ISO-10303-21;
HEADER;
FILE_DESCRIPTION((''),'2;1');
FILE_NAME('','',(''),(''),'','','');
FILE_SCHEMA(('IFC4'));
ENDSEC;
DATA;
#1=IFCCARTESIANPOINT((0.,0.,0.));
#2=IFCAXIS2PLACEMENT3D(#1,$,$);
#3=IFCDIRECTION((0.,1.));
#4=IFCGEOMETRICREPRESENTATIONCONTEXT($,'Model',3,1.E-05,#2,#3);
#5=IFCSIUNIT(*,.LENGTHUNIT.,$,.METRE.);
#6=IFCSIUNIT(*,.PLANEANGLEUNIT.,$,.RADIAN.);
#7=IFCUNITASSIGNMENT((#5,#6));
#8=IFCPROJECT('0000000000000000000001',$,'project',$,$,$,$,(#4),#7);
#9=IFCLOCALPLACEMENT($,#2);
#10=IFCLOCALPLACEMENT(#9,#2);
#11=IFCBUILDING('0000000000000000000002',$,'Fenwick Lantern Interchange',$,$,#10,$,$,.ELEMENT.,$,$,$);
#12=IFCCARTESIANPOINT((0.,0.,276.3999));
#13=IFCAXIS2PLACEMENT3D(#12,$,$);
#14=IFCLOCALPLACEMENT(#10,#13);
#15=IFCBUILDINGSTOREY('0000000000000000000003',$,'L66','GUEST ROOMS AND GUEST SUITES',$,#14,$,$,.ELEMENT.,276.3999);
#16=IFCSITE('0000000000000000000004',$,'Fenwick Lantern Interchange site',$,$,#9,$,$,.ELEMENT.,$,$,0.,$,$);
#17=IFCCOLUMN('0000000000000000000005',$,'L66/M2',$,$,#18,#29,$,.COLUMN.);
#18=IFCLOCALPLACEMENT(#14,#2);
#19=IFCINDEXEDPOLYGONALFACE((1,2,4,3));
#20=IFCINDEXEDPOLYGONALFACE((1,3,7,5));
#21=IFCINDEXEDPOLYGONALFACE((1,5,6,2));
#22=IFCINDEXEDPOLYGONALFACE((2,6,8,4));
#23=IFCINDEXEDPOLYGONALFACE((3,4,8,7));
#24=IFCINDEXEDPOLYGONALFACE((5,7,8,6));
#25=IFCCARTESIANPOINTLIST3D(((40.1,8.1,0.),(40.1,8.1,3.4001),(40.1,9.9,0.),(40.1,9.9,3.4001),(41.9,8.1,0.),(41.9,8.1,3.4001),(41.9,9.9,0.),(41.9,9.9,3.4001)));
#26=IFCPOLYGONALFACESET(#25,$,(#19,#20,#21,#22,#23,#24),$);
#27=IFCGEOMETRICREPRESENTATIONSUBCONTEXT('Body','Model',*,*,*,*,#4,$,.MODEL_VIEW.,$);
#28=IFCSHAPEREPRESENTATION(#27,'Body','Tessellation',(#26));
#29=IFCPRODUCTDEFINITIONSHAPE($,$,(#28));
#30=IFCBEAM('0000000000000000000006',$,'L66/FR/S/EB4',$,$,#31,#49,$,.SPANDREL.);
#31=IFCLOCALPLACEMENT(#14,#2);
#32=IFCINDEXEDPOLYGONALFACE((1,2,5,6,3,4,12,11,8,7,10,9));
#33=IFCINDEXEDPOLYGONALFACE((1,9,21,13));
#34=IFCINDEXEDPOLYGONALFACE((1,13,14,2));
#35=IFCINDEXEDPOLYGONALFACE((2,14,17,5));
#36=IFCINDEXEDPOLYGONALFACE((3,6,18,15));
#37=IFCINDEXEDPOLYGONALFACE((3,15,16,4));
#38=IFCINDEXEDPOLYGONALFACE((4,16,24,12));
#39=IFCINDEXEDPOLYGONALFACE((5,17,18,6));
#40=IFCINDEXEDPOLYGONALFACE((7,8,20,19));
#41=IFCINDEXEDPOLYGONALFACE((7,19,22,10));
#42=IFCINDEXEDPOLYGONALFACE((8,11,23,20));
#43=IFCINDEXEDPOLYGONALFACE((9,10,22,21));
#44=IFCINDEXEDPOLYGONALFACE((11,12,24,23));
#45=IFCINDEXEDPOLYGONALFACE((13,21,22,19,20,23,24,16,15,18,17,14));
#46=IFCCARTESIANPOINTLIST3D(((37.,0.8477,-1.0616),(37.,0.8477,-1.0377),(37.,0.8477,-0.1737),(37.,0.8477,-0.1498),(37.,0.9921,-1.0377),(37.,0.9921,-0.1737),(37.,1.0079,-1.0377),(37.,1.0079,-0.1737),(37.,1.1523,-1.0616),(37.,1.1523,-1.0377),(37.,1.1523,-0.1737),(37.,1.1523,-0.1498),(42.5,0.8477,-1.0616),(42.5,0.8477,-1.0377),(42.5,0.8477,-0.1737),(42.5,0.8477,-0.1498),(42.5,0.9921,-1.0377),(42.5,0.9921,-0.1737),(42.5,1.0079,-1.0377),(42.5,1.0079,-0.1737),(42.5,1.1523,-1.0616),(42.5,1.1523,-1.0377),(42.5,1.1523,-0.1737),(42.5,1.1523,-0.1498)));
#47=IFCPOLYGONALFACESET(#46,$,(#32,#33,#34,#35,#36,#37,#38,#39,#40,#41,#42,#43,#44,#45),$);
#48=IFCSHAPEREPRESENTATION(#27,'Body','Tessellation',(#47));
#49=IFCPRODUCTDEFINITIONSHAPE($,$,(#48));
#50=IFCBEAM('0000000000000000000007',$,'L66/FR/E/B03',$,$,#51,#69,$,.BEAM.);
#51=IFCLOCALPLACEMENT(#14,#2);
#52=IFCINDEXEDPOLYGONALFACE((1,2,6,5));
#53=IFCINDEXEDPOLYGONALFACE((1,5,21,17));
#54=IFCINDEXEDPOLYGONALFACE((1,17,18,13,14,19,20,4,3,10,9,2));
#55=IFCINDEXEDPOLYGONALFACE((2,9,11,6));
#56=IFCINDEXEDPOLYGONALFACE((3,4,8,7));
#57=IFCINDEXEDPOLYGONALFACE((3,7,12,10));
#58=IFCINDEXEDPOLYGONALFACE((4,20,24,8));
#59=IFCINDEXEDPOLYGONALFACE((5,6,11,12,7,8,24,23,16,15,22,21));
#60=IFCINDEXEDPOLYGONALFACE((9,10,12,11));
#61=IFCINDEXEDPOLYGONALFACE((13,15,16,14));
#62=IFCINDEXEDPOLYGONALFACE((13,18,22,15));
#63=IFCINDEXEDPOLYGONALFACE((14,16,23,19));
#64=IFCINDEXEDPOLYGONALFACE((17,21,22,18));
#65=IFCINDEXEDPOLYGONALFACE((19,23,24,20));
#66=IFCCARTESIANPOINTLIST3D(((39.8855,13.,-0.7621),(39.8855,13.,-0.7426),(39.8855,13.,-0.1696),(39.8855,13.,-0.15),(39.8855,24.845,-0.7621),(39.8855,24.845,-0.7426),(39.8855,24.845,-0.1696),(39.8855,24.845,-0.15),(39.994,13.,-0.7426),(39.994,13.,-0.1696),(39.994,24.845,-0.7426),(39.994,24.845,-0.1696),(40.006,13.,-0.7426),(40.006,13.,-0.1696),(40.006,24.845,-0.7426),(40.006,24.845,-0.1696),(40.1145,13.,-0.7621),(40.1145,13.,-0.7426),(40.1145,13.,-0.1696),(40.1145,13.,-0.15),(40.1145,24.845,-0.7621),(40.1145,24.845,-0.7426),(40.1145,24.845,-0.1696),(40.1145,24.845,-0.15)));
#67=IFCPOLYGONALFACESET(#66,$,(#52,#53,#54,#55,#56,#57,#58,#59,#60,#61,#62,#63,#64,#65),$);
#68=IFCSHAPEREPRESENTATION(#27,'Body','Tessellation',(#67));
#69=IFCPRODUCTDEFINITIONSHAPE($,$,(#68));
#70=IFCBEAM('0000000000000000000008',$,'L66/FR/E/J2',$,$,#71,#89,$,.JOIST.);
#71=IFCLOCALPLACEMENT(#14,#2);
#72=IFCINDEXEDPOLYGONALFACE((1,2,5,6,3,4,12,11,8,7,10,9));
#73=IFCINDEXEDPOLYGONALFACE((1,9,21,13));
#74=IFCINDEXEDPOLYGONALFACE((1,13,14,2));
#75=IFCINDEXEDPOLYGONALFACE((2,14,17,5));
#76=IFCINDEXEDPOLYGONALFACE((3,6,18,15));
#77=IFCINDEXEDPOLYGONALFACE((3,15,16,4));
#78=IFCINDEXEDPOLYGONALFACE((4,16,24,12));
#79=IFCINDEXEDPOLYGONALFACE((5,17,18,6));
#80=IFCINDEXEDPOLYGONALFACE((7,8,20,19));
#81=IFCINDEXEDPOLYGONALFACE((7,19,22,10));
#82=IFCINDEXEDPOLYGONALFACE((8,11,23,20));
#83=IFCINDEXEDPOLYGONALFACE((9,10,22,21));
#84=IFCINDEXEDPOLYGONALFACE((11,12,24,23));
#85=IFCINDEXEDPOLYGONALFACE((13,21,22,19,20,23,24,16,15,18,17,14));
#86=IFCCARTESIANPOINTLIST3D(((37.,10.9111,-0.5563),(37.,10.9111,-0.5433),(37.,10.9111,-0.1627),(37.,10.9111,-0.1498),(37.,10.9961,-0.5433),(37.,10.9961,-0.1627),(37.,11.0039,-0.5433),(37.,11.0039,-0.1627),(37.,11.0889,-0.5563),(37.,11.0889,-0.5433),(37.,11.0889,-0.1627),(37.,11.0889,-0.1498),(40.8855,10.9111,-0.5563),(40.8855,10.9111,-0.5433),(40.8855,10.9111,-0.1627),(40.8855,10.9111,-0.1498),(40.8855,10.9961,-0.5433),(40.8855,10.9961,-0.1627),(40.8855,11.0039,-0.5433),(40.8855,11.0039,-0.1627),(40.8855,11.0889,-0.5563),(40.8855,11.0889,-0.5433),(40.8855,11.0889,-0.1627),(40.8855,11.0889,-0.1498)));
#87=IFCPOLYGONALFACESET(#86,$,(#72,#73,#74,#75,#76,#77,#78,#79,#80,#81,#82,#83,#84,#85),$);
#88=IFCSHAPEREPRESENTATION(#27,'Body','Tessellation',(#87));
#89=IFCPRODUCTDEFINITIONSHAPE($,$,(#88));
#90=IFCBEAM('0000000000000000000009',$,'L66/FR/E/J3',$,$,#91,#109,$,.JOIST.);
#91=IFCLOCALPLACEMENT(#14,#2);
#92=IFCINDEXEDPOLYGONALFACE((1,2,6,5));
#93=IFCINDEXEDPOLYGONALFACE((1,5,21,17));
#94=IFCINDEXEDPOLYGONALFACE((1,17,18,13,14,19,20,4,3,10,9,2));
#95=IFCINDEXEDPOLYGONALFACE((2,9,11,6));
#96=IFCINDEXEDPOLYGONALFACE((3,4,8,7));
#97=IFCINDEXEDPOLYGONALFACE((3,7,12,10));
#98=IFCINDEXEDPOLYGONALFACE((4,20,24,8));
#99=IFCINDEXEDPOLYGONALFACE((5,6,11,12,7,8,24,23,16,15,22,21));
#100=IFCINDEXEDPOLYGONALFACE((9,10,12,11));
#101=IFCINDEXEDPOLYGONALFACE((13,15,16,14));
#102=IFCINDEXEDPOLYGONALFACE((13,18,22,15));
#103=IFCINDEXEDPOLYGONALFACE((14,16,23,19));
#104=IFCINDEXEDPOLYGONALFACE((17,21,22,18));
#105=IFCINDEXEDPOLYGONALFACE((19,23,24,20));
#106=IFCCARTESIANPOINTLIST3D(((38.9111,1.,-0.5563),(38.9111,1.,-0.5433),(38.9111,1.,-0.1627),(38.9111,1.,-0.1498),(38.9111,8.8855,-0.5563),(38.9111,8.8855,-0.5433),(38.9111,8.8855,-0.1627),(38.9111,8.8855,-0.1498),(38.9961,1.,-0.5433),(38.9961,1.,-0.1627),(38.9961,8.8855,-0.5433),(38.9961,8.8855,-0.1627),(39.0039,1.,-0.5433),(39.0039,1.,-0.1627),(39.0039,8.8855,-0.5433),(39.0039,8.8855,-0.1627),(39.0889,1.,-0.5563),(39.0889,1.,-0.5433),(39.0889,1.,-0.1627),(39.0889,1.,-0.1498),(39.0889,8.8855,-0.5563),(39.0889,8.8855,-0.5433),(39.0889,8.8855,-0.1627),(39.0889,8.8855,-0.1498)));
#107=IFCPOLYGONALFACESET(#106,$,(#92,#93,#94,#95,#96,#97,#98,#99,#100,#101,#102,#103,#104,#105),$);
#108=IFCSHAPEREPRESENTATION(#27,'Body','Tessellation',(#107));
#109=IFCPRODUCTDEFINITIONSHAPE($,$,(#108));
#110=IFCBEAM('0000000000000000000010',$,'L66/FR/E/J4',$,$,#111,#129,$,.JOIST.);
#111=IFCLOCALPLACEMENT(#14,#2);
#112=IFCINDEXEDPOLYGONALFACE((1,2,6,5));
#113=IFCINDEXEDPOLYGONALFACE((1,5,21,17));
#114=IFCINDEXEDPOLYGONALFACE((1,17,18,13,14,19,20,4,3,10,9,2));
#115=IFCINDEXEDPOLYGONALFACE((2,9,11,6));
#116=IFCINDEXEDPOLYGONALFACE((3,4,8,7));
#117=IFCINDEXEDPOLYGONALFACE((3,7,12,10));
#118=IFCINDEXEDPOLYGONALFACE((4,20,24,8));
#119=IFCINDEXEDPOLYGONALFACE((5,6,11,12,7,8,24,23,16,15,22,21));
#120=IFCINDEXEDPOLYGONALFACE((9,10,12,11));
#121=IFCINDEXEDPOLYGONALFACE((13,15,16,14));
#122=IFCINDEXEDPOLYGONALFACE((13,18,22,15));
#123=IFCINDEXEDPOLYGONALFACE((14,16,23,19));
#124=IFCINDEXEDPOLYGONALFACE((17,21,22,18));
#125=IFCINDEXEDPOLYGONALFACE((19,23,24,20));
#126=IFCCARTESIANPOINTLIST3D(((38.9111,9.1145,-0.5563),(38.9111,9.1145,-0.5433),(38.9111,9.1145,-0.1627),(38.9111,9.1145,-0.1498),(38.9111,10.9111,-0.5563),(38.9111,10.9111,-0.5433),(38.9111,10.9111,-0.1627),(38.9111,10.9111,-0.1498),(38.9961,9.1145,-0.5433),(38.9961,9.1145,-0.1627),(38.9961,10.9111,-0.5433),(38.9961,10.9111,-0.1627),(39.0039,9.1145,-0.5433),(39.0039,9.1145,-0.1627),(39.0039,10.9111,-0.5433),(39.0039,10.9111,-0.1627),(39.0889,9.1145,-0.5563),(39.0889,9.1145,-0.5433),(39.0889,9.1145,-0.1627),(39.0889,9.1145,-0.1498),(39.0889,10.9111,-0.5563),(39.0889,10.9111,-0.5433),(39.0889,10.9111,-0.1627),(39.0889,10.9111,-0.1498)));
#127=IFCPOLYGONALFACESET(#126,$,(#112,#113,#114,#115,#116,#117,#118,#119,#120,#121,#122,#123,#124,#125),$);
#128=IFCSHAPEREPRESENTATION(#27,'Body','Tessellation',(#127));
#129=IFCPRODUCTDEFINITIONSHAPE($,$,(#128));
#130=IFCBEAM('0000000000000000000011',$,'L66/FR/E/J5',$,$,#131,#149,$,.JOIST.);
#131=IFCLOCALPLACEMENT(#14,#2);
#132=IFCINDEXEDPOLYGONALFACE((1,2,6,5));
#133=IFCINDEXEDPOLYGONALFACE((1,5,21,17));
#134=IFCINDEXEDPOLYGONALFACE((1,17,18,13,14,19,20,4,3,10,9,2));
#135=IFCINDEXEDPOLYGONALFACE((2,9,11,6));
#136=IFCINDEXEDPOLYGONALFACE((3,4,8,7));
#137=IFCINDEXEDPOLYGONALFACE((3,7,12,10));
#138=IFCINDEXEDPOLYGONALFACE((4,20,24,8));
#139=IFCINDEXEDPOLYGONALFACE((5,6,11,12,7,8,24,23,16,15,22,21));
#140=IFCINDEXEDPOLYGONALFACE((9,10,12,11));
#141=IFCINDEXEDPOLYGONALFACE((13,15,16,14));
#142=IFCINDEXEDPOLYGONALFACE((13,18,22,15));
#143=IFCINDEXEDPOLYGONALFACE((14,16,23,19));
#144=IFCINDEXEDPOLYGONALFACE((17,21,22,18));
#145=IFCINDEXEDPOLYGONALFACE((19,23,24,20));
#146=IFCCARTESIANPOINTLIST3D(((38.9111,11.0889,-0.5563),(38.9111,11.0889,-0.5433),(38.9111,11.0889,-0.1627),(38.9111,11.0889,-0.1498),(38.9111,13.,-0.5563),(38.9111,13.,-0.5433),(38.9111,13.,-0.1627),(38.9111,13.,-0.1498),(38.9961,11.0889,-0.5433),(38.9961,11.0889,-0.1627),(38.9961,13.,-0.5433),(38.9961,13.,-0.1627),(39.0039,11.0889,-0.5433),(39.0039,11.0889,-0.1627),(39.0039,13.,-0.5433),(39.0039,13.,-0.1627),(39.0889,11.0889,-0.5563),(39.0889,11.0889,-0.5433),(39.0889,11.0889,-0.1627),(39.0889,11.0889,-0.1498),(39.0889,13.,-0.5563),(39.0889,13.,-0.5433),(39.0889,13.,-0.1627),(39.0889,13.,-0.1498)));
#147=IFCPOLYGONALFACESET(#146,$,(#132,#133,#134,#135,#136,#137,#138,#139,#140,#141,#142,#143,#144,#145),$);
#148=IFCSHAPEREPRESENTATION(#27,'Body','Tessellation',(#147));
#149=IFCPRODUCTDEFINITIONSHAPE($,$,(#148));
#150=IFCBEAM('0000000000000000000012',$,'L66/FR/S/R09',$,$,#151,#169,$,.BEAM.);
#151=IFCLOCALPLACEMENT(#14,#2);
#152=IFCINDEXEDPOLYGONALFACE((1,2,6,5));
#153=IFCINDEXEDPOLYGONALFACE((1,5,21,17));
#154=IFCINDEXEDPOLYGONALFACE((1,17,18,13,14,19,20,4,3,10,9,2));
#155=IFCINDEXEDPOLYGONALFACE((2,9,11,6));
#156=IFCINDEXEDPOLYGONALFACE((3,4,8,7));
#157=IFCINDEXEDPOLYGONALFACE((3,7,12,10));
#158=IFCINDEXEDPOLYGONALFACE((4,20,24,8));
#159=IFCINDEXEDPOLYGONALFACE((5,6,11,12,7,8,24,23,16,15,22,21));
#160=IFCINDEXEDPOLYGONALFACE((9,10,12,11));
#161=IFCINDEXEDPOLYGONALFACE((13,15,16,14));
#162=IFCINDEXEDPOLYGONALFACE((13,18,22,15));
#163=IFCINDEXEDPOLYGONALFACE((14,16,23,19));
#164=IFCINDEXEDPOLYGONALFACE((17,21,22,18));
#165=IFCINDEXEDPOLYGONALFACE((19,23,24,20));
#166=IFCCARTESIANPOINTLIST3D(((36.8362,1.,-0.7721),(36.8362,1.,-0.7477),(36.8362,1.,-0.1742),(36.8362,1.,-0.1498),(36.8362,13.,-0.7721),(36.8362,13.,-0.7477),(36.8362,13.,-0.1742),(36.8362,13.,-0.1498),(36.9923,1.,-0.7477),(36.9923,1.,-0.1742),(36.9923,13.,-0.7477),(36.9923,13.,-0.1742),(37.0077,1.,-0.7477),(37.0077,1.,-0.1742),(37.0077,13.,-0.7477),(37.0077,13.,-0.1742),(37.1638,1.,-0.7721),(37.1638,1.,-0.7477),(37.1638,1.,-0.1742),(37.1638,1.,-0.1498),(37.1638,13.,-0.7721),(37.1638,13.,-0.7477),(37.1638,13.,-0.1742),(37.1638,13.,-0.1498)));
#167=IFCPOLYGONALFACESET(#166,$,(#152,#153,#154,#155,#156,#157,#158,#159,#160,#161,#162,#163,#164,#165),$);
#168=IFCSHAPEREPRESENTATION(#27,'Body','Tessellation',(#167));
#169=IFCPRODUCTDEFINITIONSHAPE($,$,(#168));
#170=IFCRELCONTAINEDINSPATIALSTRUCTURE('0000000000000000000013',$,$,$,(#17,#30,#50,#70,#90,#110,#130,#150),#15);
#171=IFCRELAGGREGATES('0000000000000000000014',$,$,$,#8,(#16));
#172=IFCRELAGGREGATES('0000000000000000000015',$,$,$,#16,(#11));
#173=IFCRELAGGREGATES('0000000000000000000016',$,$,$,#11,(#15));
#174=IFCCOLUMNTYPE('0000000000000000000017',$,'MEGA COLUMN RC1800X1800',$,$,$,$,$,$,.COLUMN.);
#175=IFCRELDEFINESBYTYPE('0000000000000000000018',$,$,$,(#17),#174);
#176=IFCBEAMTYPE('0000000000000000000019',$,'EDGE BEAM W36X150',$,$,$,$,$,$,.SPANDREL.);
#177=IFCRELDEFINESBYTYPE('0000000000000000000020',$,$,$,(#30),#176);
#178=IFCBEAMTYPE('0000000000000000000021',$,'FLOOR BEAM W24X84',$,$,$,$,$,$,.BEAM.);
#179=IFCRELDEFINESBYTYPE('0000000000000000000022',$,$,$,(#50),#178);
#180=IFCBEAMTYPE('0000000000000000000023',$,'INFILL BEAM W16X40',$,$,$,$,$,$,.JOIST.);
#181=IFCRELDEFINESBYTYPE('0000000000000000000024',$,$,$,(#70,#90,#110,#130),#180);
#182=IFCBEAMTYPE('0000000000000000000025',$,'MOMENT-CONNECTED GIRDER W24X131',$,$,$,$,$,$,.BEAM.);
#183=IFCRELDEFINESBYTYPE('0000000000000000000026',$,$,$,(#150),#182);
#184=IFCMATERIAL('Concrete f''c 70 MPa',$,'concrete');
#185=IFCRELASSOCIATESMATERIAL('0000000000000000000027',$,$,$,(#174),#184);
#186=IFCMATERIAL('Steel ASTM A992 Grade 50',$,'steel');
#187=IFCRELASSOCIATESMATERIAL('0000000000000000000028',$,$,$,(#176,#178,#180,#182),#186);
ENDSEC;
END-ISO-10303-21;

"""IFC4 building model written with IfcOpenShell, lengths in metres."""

from ifc_helpers import new_model, si_unit, direction, frame, origin, origin_2d, place, context, subcontext, project, spatial, rectangle, i_section, extrude, material, material_profile, profile_set, type_object, element, save


model = new_model("IFC4")

# Units and contexts
model_context = context("Model", 3, precision=1e-05, world=origin(), true_north=direction((0.0, 1.0)))
body_context = subcontext(model_context, "Body", "Model", "MODEL_VIEW")
ifc_project = project(units=[si_unit("LENGTHUNIT", "METRE"), si_unit("PLANEANGLEUNIT", "RADIAN")], contexts=[model_context])

# Site, building, storey
site_placement = place(None, origin())
site = spatial("IfcSite", under=ifc_project, at=site_placement, Name="Fenwick Lantern Interchange site", CompositionType="ELEMENT", RefElevation=0.0)
building_placement = place(site_placement, origin())
building = spatial("IfcBuilding", under=site, at=building_placement, Name="Fenwick Lantern Interchange", CompositionType="ELEMENT")
storey_placement = place(building_placement, frame((0.0, 0.0, 276.3999)))
storey = spatial("IfcBuildingStorey", under=building, at=storey_placement, Name="L66", Description="GUEST ROOMS AND GUEST SUITES", CompositionType="ELEMENT", Elevation=276.3999)

# Column
ifc_material_1 = material(Name="Concrete f'c 70 MPa", Category="concrete")
ifc_material_profile_1 = material_profile(ifc_material_1, rectangle(XDim=1.8, YDim=1.8, at=origin_2d()), Name="RC1800X1800")
ifc_profile_set_1 = profile_set([ifc_material_profile_1], Name="Concrete f'c 70 MPa")
column_type = type_object("IfcColumnType", Name="MEGA COLUMN RC1800X1800", PredefinedType="COLUMN", material=ifc_profile_set_1)
column_placement = place(storey_placement, frame((41.0, 9.0, 0.0), z_axis=(0.0, 0.0, 1.0), x_axis=(1.0, 0.0, 0.0)))
element("IfcColumn", 1, at=column_placement, inside=storey, type_object=column_type, Name="L66/M2", PredefinedType="COLUMN", context=body_context, shape_type="SweptSolid", body=[
    extrude(rectangle(XDim=1.8, YDim=1.8, at=origin_2d()), origin(), (0.0, 0.0, 1.0), 3.4001),
])

# Beams
ifc_material_2 = material(Name="Steel ASTM A992 Grade 50", Category="steel")
ifc_material_profile_2 = material_profile(ifc_material_2, i_section(OverallWidth=0.3047, OverallDepth=0.9119, WebThickness=0.0159, FlangeThickness=0.0239, at=origin_2d()), Name="W36X150")
ifc_profile_set_2 = profile_set([ifc_material_profile_2], Name="Steel ASTM A992 Grade 50")
beam_type_1 = type_object("IfcBeamType", Name="EDGE BEAM W36X150", PredefinedType="SPANDREL", material=ifc_profile_set_2)
beam_1_placement = place(storey_placement, frame((37.0, 1.0, -0.6057), z_axis=(1.0, 0.0, 0.0), x_axis=(0.0, 1.0, 0.0)))
element("IfcBeam", 2, at=beam_1_placement, inside=storey, type_object=beam_type_1, Name="L66/FR/S/EB4", PredefinedType="SPANDREL", context=body_context, shape_type="SweptSolid", body=[
    extrude(i_section(OverallWidth=0.3047, OverallDepth=0.9119, WebThickness=0.0159, FlangeThickness=0.0239, at=origin_2d()), origin(), (0.0, 0.0, 1.0), 5.5),
])
ifc_material_profile_3 = material_profile(ifc_material_2, i_section(OverallWidth=0.229, OverallDepth=0.6121, WebThickness=0.012, FlangeThickness=0.0195, at=origin_2d()), Name="W24X84")
ifc_profile_set_3 = profile_set([ifc_material_profile_3], Name="Steel ASTM A992 Grade 50")
beam_type_2 = type_object("IfcBeamType", Name="FLOOR BEAM W24X84", PredefinedType="BEAM", material=ifc_profile_set_3)
beam_2_placement = place(storey_placement, frame((40.0, 13.0, -0.4561), z_axis=(0.0, 1.0, 0.0), x_axis=(-1.0, 0.0, 0.0)))
element("IfcBeam", 3, at=beam_2_placement, inside=storey, type_object=beam_type_2, Name="L66/FR/E/B03", PredefinedType="BEAM", context=body_context, shape_type="SweptSolid", body=[
    extrude(i_section(OverallWidth=0.229, OverallDepth=0.6121, WebThickness=0.012, FlangeThickness=0.0195, at=origin_2d()), origin(), (0.0, 0.0, 1.0), 11.845),
])
ifc_material_profile_4 = material_profile(ifc_material_2, i_section(OverallWidth=0.1777, OverallDepth=0.4065, WebThickness=0.0078, FlangeThickness=0.0129, at=origin_2d()), Name="W16X40")
ifc_profile_set_4 = profile_set([ifc_material_profile_4], Name="Steel ASTM A992 Grade 50")
beam_type_3 = type_object("IfcBeamType", Name="INFILL BEAM W16X40", PredefinedType="JOIST", material=ifc_profile_set_4)
beam_3_placement = place(storey_placement, frame((40.8855, 11.0, -0.353), z_axis=(-1.0, 0.0, 0.0), x_axis=(0.0, -1.0, 0.0)))
element("IfcBeam", 4, at=beam_3_placement, inside=storey, type_object=beam_type_3, Name="L66/FR/E/J2", PredefinedType="JOIST", context=body_context, shape_type="SweptSolid", body=[
    extrude(i_section(OverallWidth=0.1777, OverallDepth=0.4065, WebThickness=0.0078, FlangeThickness=0.0129, at=origin_2d()), origin(), (0.0, 0.0, 1.0), 3.8855),
])
beam_4_placement = place(storey_placement, frame((39.0, 1.0, -0.353), z_axis=(0.0, 1.0, 0.0), x_axis=(-1.0, 0.0, 0.0)))
element("IfcBeam", 5, at=beam_4_placement, inside=storey, type_object=beam_type_3, Name="L66/FR/E/J3", PredefinedType="JOIST", context=body_context, shape_type="SweptSolid", body=[
    extrude(i_section(OverallWidth=0.1777, OverallDepth=0.4065, WebThickness=0.0078, FlangeThickness=0.0129, at=origin_2d()), origin(), (0.0, 0.0, 1.0), 7.8855),
])
beam_5_placement = place(storey_placement, frame((39.0, 9.1145, -0.353), z_axis=(0.0, 1.0, 0.0), x_axis=(-1.0, 0.0, 0.0)))
element("IfcBeam", 6, at=beam_5_placement, inside=storey, type_object=beam_type_3, Name="L66/FR/E/J4", PredefinedType="JOIST", context=body_context, shape_type="SweptSolid", body=[
    extrude(i_section(OverallWidth=0.1777, OverallDepth=0.4065, WebThickness=0.0078, FlangeThickness=0.0129, at=origin_2d()), origin(), (0.0, 0.0, 1.0), 1.7966),
])
beam_6_placement = place(storey_placement, frame((39.0, 11.0889, -0.353), z_axis=(0.0, 1.0, 0.0), x_axis=(-1.0, 0.0, 0.0)))
element("IfcBeam", 7, at=beam_6_placement, inside=storey, type_object=beam_type_3, Name="L66/FR/E/J5", PredefinedType="JOIST", context=body_context, shape_type="SweptSolid", body=[
    extrude(i_section(OverallWidth=0.1777, OverallDepth=0.4065, WebThickness=0.0078, FlangeThickness=0.0129, at=origin_2d()), origin(), (0.0, 0.0, 1.0), 1.9111),
])
ifc_material_profile_5 = material_profile(ifc_material_2, i_section(OverallWidth=0.3276, OverallDepth=0.6223, WebThickness=0.0154, FlangeThickness=0.0244, at=origin_2d()), Name="W24X131")
ifc_profile_set_5 = profile_set([ifc_material_profile_5], Name="Steel ASTM A992 Grade 50")
beam_type_4 = type_object("IfcBeamType", Name="MOMENT-CONNECTED GIRDER W24X131", PredefinedType="BEAM", material=ifc_profile_set_5)
beam_7_placement = place(storey_placement, frame((37.0, 1.0, -0.4609), z_axis=(0.0, 1.0, 0.0), x_axis=(-1.0, 0.0, 0.0)))
element("IfcBeam", 8, at=beam_7_placement, inside=storey, type_object=beam_type_4, Name="L66/FR/S/R09", PredefinedType="BEAM", context=body_context, shape_type="SweptSolid", body=[
    extrude(i_section(OverallWidth=0.3276, OverallDepth=0.6223, WebThickness=0.0154, FlangeThickness=0.0244, at=origin_2d()), origin(), (0.0, 0.0, 1.0), 12.0),
])

save(model, "model.ifc")
